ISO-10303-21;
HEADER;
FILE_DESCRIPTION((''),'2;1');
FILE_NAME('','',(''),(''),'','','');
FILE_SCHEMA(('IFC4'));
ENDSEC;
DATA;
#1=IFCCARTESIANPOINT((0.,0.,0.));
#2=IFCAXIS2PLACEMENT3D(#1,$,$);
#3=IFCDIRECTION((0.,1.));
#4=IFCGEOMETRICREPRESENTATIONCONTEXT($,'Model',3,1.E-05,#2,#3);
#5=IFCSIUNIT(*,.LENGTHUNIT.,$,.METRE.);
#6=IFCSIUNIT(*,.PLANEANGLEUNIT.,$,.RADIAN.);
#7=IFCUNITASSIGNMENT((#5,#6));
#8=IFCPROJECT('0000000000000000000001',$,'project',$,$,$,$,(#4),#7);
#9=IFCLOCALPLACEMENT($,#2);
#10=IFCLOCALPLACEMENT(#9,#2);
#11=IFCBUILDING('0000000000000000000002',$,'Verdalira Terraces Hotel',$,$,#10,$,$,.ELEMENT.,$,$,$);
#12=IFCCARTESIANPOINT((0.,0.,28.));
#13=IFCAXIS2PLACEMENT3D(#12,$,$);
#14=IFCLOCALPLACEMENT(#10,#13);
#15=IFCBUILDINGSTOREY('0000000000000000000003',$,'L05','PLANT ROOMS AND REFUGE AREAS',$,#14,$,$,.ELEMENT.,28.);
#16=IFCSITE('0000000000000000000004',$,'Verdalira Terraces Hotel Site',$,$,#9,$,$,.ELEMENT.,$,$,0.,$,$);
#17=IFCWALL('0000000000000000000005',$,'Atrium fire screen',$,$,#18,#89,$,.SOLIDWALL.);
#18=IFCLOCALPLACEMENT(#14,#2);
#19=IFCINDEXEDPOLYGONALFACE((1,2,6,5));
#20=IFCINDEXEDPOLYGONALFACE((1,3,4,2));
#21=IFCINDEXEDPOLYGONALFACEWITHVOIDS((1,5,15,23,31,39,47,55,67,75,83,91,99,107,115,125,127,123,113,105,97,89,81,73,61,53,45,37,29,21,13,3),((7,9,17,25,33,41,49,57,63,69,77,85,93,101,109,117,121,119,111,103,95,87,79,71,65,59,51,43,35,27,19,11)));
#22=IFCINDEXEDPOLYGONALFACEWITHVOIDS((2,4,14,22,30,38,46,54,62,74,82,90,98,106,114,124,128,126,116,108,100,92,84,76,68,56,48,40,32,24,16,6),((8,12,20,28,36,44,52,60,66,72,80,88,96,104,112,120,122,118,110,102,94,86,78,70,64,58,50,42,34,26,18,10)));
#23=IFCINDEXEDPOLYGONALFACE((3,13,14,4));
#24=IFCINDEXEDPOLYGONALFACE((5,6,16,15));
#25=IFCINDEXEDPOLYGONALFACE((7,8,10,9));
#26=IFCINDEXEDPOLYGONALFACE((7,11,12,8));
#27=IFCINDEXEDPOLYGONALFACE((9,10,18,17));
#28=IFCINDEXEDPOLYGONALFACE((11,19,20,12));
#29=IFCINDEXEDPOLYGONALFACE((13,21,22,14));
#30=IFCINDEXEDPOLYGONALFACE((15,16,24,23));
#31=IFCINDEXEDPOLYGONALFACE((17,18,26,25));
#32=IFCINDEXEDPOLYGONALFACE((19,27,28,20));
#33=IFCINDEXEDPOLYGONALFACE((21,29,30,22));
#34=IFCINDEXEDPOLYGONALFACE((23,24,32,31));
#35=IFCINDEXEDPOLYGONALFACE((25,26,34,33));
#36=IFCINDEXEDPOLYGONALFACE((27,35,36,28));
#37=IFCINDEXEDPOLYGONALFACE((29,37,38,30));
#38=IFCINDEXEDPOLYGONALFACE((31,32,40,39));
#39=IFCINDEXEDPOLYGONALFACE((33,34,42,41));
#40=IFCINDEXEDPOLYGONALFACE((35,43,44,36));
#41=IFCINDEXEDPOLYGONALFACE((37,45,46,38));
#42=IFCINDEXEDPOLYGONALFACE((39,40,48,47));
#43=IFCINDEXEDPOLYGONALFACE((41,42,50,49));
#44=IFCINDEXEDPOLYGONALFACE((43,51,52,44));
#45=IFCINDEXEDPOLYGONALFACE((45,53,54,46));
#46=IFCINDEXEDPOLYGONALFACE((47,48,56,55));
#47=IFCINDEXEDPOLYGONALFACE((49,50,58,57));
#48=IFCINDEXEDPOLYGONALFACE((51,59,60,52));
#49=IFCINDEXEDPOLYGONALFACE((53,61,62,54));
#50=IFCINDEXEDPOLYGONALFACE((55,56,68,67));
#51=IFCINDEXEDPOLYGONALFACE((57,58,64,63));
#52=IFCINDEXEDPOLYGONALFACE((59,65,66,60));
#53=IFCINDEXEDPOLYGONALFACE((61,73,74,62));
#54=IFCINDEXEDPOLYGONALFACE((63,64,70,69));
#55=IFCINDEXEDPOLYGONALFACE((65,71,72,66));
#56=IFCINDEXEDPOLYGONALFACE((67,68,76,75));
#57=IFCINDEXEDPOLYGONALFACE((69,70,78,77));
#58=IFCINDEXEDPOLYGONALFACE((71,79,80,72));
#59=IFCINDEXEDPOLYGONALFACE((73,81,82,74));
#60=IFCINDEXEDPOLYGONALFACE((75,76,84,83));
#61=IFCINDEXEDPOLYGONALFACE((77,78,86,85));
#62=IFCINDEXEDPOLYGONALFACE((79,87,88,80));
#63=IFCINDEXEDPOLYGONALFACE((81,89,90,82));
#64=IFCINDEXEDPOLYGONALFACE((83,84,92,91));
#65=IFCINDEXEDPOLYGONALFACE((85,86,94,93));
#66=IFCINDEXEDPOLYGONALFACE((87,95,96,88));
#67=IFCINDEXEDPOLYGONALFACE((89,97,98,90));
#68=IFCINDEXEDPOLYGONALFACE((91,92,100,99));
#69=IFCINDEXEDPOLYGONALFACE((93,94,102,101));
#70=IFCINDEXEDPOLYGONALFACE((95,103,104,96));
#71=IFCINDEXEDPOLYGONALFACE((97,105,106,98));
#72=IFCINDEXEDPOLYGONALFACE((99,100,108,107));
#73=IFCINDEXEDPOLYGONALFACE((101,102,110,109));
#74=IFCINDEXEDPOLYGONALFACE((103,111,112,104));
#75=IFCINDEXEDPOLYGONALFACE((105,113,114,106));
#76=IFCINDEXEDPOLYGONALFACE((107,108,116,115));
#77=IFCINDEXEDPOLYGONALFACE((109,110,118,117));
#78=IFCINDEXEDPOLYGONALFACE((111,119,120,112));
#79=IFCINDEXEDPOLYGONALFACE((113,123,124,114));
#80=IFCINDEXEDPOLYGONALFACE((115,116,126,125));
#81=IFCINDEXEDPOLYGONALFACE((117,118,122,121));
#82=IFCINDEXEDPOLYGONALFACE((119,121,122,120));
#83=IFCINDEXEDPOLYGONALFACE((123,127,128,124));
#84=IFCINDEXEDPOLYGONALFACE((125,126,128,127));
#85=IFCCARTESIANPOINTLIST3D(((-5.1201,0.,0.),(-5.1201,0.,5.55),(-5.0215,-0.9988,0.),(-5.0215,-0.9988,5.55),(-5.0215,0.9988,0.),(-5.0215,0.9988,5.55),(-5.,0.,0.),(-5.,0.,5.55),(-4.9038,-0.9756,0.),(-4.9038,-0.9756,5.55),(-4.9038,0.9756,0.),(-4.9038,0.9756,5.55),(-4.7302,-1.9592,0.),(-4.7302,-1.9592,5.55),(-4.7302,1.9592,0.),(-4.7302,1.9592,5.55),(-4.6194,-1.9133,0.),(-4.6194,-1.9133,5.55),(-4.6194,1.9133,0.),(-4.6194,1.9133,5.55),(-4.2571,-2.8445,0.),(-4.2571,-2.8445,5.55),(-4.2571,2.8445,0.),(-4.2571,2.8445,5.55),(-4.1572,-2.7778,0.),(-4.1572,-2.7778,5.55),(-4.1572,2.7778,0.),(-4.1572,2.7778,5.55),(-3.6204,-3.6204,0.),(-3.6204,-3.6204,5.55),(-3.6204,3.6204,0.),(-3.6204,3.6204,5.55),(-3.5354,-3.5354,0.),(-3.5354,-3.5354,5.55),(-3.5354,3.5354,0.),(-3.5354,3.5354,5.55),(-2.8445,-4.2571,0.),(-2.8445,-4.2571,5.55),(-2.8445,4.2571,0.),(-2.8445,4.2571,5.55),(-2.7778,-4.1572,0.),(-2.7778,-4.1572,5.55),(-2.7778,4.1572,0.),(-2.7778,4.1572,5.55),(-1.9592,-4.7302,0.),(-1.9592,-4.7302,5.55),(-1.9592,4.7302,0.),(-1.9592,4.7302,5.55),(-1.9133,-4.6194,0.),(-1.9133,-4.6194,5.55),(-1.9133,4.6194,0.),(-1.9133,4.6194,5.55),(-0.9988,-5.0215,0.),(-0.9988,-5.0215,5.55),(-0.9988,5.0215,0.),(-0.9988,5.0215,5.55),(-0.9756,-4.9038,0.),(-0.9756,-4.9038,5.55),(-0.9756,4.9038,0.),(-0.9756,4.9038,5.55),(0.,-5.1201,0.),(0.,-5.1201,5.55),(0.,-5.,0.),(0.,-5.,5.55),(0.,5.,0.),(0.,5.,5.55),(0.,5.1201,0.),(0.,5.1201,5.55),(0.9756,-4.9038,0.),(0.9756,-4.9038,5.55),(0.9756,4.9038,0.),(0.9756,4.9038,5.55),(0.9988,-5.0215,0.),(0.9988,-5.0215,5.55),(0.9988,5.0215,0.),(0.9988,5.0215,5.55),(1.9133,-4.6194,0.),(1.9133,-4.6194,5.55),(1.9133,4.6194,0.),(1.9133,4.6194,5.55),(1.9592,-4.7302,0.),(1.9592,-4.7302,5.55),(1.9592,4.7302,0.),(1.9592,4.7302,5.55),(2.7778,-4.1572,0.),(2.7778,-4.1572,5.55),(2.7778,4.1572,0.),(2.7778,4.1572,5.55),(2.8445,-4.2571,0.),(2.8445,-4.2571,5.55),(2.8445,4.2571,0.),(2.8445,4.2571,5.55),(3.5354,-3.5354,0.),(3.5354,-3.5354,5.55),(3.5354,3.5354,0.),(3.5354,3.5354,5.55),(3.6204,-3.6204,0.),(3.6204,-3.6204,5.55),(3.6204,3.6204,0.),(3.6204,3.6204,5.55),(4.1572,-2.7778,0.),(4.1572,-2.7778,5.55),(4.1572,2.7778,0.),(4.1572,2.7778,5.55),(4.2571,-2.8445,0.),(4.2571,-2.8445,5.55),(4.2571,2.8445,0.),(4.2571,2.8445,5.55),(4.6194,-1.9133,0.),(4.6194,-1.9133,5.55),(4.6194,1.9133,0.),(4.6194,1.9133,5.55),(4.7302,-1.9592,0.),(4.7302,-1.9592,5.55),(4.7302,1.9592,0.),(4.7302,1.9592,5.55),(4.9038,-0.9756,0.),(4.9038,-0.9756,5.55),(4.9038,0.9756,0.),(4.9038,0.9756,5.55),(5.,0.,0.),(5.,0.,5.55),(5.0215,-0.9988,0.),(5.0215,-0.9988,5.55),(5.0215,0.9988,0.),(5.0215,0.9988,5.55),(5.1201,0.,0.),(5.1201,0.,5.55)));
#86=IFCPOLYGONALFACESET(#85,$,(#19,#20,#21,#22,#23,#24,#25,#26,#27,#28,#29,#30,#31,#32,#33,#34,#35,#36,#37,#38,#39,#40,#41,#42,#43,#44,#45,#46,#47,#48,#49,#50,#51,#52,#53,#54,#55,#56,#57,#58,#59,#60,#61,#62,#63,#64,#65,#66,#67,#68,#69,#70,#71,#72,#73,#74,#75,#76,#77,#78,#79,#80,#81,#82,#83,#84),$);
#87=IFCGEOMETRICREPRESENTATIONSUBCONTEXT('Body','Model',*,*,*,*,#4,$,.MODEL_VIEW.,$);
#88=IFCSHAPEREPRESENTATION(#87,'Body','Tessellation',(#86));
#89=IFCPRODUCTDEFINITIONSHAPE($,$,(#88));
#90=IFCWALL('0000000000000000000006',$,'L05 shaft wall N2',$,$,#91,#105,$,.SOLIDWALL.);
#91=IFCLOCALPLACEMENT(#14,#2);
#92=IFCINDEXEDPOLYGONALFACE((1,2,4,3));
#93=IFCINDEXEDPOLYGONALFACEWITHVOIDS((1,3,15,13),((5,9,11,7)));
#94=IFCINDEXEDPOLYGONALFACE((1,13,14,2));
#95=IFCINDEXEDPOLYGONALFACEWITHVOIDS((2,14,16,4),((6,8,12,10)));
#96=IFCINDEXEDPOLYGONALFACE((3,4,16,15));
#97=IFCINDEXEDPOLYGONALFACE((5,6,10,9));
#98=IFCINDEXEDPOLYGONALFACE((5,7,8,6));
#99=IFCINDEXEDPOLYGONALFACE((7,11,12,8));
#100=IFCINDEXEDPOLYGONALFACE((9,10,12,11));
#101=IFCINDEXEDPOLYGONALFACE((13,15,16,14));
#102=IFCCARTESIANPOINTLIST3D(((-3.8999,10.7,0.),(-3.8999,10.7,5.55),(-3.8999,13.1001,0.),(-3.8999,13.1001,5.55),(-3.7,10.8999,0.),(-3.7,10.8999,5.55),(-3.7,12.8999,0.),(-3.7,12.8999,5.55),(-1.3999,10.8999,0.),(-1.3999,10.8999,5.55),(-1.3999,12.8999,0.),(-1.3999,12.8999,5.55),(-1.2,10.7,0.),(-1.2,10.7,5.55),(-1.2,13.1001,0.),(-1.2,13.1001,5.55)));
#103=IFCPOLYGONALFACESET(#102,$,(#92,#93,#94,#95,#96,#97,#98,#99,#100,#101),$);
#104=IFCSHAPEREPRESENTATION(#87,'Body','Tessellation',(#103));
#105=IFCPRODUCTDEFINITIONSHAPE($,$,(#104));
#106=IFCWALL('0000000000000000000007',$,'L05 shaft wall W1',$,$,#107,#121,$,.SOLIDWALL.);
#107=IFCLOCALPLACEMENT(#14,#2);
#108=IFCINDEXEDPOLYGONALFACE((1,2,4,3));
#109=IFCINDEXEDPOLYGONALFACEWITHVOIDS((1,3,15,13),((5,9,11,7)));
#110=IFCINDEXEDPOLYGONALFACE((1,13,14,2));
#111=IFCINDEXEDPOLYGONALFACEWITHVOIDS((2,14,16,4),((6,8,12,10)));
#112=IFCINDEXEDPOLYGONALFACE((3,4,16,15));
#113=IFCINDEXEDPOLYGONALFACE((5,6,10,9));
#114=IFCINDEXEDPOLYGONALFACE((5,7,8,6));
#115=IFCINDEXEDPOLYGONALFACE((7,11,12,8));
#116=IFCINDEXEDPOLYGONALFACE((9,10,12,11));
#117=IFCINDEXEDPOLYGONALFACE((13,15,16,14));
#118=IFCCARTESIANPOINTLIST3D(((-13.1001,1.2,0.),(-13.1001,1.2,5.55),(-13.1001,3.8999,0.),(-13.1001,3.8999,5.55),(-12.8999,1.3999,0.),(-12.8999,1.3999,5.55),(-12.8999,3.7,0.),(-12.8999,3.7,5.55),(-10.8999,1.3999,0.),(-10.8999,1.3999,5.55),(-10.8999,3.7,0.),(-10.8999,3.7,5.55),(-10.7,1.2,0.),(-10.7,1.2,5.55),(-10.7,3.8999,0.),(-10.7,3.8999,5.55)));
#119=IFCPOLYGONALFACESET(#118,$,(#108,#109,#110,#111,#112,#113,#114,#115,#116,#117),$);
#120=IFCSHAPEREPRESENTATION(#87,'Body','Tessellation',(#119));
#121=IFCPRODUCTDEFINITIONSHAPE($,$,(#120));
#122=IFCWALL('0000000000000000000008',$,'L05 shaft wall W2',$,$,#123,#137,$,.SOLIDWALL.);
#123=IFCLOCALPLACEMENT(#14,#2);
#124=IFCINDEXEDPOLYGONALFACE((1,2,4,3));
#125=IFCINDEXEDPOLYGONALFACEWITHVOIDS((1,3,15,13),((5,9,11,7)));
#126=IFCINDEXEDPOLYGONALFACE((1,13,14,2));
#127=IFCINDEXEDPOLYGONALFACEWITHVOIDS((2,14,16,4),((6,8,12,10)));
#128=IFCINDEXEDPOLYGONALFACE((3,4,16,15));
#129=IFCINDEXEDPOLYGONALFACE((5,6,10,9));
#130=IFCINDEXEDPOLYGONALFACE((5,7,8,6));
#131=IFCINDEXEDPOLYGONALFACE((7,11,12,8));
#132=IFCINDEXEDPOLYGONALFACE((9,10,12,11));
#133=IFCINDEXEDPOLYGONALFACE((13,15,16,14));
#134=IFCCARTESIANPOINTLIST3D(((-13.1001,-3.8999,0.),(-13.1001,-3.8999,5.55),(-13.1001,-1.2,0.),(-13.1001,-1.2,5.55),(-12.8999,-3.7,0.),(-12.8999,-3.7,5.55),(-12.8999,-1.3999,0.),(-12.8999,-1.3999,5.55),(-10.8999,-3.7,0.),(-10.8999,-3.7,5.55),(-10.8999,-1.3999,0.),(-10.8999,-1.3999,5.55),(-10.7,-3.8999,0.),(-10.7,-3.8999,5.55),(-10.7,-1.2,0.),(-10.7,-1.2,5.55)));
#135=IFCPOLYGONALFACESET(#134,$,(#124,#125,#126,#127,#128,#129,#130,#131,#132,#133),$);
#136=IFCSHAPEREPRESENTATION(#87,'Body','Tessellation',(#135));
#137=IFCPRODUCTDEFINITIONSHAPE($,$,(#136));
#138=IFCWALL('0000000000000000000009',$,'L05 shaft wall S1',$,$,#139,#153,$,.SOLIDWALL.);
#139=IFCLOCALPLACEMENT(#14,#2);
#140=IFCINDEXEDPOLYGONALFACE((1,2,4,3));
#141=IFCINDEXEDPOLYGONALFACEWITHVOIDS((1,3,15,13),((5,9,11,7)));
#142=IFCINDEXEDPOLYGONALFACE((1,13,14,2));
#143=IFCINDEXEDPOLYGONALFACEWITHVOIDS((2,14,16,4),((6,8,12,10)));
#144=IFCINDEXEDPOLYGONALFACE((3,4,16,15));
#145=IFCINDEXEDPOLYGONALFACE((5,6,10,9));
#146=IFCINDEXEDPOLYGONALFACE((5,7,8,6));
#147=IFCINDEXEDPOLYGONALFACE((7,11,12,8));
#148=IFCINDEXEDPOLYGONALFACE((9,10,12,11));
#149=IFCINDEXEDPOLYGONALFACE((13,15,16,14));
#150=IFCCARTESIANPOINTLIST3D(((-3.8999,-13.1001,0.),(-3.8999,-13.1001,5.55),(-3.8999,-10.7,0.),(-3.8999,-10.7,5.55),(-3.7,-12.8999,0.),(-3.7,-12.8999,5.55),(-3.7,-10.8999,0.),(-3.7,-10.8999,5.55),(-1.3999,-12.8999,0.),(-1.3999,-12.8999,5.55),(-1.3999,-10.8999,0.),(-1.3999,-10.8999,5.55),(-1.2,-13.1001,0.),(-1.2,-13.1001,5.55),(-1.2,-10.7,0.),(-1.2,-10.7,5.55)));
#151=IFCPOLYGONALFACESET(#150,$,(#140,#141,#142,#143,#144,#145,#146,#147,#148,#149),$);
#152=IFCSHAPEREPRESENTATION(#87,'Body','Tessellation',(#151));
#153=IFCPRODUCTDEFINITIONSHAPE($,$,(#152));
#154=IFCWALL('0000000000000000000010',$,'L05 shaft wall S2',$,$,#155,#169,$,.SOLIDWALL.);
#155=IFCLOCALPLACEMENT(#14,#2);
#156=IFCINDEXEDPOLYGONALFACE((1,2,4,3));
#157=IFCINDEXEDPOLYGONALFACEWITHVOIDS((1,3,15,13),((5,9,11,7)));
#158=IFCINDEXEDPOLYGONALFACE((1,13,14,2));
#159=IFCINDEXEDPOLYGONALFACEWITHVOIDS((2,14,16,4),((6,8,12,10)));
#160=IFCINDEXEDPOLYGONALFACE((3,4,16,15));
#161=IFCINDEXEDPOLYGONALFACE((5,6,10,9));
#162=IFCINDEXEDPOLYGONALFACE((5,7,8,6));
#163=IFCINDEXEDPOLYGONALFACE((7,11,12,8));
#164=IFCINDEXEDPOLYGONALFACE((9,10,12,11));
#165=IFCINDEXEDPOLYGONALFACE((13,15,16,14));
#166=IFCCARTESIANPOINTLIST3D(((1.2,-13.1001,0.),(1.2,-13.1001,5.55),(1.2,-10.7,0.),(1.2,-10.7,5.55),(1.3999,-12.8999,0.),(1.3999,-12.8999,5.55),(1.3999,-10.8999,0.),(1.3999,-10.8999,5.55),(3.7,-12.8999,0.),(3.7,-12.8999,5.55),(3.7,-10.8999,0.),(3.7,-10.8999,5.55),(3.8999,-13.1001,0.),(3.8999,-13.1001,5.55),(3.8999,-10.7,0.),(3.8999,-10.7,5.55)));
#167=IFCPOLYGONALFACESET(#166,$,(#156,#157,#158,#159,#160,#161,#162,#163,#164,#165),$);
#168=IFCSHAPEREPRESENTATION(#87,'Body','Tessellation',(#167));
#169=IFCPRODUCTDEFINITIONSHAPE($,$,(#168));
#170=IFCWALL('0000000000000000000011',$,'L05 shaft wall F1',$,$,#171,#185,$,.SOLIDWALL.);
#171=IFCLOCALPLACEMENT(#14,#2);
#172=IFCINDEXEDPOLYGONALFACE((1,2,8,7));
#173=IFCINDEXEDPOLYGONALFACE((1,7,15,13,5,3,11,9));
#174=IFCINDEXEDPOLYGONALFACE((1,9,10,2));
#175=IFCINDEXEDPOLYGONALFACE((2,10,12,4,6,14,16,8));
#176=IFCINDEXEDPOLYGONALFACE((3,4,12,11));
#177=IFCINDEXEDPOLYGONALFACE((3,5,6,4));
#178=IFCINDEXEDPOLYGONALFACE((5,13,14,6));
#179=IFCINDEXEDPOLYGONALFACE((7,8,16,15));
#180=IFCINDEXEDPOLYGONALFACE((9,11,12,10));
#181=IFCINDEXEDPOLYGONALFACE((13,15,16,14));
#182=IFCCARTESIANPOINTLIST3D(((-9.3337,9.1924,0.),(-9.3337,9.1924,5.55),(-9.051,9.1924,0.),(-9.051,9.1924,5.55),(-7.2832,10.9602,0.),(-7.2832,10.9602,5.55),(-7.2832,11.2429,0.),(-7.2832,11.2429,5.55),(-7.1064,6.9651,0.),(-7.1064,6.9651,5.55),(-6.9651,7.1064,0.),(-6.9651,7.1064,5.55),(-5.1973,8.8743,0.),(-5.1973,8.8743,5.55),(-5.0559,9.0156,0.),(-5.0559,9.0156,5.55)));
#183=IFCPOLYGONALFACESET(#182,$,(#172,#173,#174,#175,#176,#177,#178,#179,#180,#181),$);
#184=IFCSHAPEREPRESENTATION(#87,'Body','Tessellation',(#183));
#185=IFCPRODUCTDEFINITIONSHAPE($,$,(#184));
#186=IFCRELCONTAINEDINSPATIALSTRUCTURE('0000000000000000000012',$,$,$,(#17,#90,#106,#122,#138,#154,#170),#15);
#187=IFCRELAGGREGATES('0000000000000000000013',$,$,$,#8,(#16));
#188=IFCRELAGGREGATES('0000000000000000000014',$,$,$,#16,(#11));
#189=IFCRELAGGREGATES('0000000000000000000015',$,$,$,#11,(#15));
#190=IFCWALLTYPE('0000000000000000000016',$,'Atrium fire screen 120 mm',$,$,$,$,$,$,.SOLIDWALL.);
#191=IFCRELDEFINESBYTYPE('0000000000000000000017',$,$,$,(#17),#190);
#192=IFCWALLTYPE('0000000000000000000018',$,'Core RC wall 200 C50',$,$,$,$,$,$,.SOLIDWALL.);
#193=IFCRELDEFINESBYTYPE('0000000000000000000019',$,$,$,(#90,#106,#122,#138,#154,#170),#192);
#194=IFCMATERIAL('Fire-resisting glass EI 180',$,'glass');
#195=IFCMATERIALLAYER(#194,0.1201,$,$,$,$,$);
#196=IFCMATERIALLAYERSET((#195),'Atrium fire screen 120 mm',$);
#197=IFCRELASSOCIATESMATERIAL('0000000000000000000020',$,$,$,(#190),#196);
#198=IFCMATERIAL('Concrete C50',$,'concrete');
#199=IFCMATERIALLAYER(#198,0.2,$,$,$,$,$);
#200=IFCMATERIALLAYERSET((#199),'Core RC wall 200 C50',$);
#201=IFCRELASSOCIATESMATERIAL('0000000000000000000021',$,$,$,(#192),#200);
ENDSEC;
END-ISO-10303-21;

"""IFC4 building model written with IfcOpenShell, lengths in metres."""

from ifc_helpers import new_model, si_unit, direction, frame, origin, place, context, subcontext, project, spatial, polyline, outline, extrude, material, layer, layer_set, type_object, element, save


model = new_model("IFC4")

# Units and contexts
model_context = context("Model", 3, precision=1e-05, world=origin(), true_north=direction((0.0, 1.0)))
body_context = subcontext(model_context, "Body", "Model", "MODEL_VIEW")
ifc_project = project(units=[si_unit("LENGTHUNIT", "METRE"), si_unit("PLANEANGLEUNIT", "RADIAN")], contexts=[model_context])

# Site, building, storey
site_placement = place(None, origin())
site = spatial("IfcSite", under=ifc_project, at=site_placement, Name="Verdalira Terraces Hotel Site", CompositionType="ELEMENT", RefElevation=0.0)
building_placement = place(site_placement, origin())
building = spatial("IfcBuilding", under=site, at=building_placement, Name="Verdalira Terraces Hotel", CompositionType="ELEMENT")
storey_placement = place(building_placement, frame((0.0, 0.0, 28.0)))
storey = spatial("IfcBuildingStorey", under=building, at=storey_placement, Name="L05", Description="PLANT ROOMS AND REFUGE AREAS", CompositionType="ELEMENT", Elevation=28.0)

# Walls
ifc_material_1 = material(Name="Fire-resisting glass EI 180", Category="glass")
ifc_layer_1 = layer(ifc_material_1, 0.1201)
ifc_layer_set_1 = layer_set([ifc_layer_1], Name="Atrium fire screen 120 mm")
wall_type_1 = type_object("IfcWallType", Name="Atrium fire screen 120 mm", PredefinedType="SOLIDWALL", material=ifc_layer_set_1)
wall_1_placement = place(storey_placement, origin())
element("IfcWall", 1, at=wall_1_placement, inside=storey, type_object=wall_type_1, Name="Atrium fire screen", PredefinedType="SOLIDWALL", context=body_context, shape_type="SweptSolid", body=[
    extrude(outline(polyline([(5.0215, -0.9988), (4.7302, -1.9592), (4.2571, -2.8445), (3.6204, -3.6204), (2.8445, -4.2571), (1.9592, -4.7302), (0.9988, -5.0215), (0.0, -5.1201), (-0.9988, -5.0215), (-1.9592, -4.7302), (-2.8445, -4.2571), (-3.6204, -3.6204), (-4.2571, -2.8445), (-4.7302, -1.9592), (-5.0215, -0.9988), (-5.1201, 0.0), (-5.0215, 0.9988), (-4.7302, 1.9592), (-4.2571, 2.8445), (-3.6204, 3.6204), (-2.8445, 4.2571), (-1.9592, 4.7302), (-0.9988, 5.0215), (0.0, 5.1201), (0.9988, 5.0215), (1.9592, 4.7302), (2.8445, 4.2571), (3.6204, 3.6204), (4.2571, 2.8445), (4.7302, 1.9592), (5.0215, 0.9988), (5.1201, 0.0), (5.0215, -0.9988)]), holes=[polyline([(4.9038, 0.9756), (4.6194, 1.9133), (4.1572, 2.7778), (3.5354, 3.5354), (2.7778, 4.1572), (1.9133, 4.6194), (0.9756, 4.9038), (0.0, 5.0), (-0.9756, 4.9038), (-1.9133, 4.6194), (-2.7778, 4.1572), (-3.5354, 3.5354), (-4.1572, 2.7778), (-4.6194, 1.9133), (-4.9038, 0.9756), (-5.0, 0.0), (-4.9038, -0.9756), (-4.6194, -1.9133), (-4.1572, -2.7778), (-3.5354, -3.5354), (-2.7778, -4.1572), (-1.9133, -4.6194), (-0.9756, -4.9038), (0.0, -5.0), (0.9756, -4.9038), (1.9133, -4.6194), (2.7778, -4.1572), (3.5354, -3.5354), (4.1572, -2.7778), (4.6194, -1.9133), (4.9038, -0.9756), (5.0, 0.0), (4.9038, 0.9756)])]), origin(), (0.0, 0.0, 1.0), 5.55),
])
ifc_material_2 = material(Name="Concrete C50", Category="concrete")
ifc_layer_2 = layer(ifc_material_2, 0.2)
ifc_layer_set_2 = layer_set([ifc_layer_2], Name="Core RC wall 200 C50")
wall_type_2 = type_object("IfcWallType", Name="Core RC wall 200 C50", PredefinedType="SOLIDWALL", material=ifc_layer_set_2)
wall_2_placement = place(storey_placement, origin())
element("IfcWall", 2, at=wall_2_placement, inside=storey, type_object=wall_type_2, Name="L05 shaft wall N2", PredefinedType="SOLIDWALL", context=body_context, shape_type="SweptSolid", body=[
    extrude(outline(polyline([(-3.8999, 10.7), (-3.8999, 13.1001), (-1.2, 13.1001), (-1.2, 10.7), (-3.8999, 10.7)]), holes=[polyline([(-1.3999, 12.8999), (-3.7, 12.8999), (-3.7, 10.8999), (-1.3999, 10.8999), (-1.3999, 12.8999)])]), origin(), (0.0, 0.0, 1.0), 5.55),
])
wall_3_placement = place(storey_placement, origin())
element("IfcWall", 3, at=wall_3_placement, inside=storey, type_object=wall_type_2, Name="L05 shaft wall W1", PredefinedType="SOLIDWALL", context=body_context, shape_type="SweptSolid", body=[
    extrude(outline(polyline([(-13.1001, 1.2), (-13.1001, 3.8999), (-10.7, 3.8999), (-10.7, 1.2), (-13.1001, 1.2)]), holes=[polyline([(-10.8999, 3.7), (-12.8999, 3.7), (-12.8999, 1.3999), (-10.8999, 1.3999), (-10.8999, 3.7)])]), origin(), (0.0, 0.0, 1.0), 5.55),
])
wall_4_placement = place(storey_placement, origin())
element("IfcWall", 4, at=wall_4_placement, inside=storey, type_object=wall_type_2, Name="L05 shaft wall W2", PredefinedType="SOLIDWALL", context=body_context, shape_type="SweptSolid", body=[
    extrude(outline(polyline([(-10.7, -3.8999), (-13.1001, -3.8999), (-13.1001, -1.2), (-10.7, -1.2), (-10.7, -3.8999)]), holes=[polyline([(-12.8999, -1.3999), (-12.8999, -3.7), (-10.8999, -3.7), (-10.8999, -1.3999), (-12.8999, -1.3999)])]), origin(), (0.0, 0.0, 1.0), 5.55),
])
wall_5_placement = place(storey_placement, origin())
element("IfcWall", 5, at=wall_5_placement, inside=storey, type_object=wall_type_2, Name="L05 shaft wall S1", PredefinedType="SOLIDWALL", context=body_context, shape_type="SweptSolid", body=[
    extrude(outline(polyline([(-1.2, -13.1001), (-3.8999, -13.1001), (-3.8999, -10.7), (-1.2, -10.7), (-1.2, -13.1001)]), holes=[polyline([(-3.7, -10.8999), (-3.7, -12.8999), (-1.3999, -12.8999), (-1.3999, -10.8999), (-3.7, -10.8999)])]), origin(), (0.0, 0.0, 1.0), 5.55),
])
wall_6_placement = place(storey_placement, origin())
element("IfcWall", 6, at=wall_6_placement, inside=storey, type_object=wall_type_2, Name="L05 shaft wall S2", PredefinedType="SOLIDWALL", context=body_context, shape_type="SweptSolid", body=[
    extrude(outline(polyline([(3.8999, -10.7), (3.8999, -13.1001), (1.2, -13.1001), (1.2, -10.7), (3.8999, -10.7)]), holes=[polyline([(1.3999, -12.8999), (3.7, -12.8999), (3.7, -10.8999), (1.3999, -10.8999), (1.3999, -12.8999)])]), origin(), (0.0, 0.0, 1.0), 5.55),
])
wall_7_placement = place(storey_placement, origin())
element("IfcWall", 7, at=wall_7_placement, inside=storey, type_object=wall_type_2, Name="L05 shaft wall F1", PredefinedType="SOLIDWALL", context=body_context, shape_type="SweptSolid", body=[
    extrude(outline(polyline([(-9.3337, 9.1924), (-7.2832, 11.2429), (-5.0559, 9.0156), (-5.1973, 8.8743), (-7.2832, 10.9602), (-9.051, 9.1924), (-6.9651, 7.1064), (-7.1064, 6.9651), (-9.3337, 9.1924)])), origin(), (0.0, 0.0, 1.0), 5.55),
])

save(model, "model.ifc")
